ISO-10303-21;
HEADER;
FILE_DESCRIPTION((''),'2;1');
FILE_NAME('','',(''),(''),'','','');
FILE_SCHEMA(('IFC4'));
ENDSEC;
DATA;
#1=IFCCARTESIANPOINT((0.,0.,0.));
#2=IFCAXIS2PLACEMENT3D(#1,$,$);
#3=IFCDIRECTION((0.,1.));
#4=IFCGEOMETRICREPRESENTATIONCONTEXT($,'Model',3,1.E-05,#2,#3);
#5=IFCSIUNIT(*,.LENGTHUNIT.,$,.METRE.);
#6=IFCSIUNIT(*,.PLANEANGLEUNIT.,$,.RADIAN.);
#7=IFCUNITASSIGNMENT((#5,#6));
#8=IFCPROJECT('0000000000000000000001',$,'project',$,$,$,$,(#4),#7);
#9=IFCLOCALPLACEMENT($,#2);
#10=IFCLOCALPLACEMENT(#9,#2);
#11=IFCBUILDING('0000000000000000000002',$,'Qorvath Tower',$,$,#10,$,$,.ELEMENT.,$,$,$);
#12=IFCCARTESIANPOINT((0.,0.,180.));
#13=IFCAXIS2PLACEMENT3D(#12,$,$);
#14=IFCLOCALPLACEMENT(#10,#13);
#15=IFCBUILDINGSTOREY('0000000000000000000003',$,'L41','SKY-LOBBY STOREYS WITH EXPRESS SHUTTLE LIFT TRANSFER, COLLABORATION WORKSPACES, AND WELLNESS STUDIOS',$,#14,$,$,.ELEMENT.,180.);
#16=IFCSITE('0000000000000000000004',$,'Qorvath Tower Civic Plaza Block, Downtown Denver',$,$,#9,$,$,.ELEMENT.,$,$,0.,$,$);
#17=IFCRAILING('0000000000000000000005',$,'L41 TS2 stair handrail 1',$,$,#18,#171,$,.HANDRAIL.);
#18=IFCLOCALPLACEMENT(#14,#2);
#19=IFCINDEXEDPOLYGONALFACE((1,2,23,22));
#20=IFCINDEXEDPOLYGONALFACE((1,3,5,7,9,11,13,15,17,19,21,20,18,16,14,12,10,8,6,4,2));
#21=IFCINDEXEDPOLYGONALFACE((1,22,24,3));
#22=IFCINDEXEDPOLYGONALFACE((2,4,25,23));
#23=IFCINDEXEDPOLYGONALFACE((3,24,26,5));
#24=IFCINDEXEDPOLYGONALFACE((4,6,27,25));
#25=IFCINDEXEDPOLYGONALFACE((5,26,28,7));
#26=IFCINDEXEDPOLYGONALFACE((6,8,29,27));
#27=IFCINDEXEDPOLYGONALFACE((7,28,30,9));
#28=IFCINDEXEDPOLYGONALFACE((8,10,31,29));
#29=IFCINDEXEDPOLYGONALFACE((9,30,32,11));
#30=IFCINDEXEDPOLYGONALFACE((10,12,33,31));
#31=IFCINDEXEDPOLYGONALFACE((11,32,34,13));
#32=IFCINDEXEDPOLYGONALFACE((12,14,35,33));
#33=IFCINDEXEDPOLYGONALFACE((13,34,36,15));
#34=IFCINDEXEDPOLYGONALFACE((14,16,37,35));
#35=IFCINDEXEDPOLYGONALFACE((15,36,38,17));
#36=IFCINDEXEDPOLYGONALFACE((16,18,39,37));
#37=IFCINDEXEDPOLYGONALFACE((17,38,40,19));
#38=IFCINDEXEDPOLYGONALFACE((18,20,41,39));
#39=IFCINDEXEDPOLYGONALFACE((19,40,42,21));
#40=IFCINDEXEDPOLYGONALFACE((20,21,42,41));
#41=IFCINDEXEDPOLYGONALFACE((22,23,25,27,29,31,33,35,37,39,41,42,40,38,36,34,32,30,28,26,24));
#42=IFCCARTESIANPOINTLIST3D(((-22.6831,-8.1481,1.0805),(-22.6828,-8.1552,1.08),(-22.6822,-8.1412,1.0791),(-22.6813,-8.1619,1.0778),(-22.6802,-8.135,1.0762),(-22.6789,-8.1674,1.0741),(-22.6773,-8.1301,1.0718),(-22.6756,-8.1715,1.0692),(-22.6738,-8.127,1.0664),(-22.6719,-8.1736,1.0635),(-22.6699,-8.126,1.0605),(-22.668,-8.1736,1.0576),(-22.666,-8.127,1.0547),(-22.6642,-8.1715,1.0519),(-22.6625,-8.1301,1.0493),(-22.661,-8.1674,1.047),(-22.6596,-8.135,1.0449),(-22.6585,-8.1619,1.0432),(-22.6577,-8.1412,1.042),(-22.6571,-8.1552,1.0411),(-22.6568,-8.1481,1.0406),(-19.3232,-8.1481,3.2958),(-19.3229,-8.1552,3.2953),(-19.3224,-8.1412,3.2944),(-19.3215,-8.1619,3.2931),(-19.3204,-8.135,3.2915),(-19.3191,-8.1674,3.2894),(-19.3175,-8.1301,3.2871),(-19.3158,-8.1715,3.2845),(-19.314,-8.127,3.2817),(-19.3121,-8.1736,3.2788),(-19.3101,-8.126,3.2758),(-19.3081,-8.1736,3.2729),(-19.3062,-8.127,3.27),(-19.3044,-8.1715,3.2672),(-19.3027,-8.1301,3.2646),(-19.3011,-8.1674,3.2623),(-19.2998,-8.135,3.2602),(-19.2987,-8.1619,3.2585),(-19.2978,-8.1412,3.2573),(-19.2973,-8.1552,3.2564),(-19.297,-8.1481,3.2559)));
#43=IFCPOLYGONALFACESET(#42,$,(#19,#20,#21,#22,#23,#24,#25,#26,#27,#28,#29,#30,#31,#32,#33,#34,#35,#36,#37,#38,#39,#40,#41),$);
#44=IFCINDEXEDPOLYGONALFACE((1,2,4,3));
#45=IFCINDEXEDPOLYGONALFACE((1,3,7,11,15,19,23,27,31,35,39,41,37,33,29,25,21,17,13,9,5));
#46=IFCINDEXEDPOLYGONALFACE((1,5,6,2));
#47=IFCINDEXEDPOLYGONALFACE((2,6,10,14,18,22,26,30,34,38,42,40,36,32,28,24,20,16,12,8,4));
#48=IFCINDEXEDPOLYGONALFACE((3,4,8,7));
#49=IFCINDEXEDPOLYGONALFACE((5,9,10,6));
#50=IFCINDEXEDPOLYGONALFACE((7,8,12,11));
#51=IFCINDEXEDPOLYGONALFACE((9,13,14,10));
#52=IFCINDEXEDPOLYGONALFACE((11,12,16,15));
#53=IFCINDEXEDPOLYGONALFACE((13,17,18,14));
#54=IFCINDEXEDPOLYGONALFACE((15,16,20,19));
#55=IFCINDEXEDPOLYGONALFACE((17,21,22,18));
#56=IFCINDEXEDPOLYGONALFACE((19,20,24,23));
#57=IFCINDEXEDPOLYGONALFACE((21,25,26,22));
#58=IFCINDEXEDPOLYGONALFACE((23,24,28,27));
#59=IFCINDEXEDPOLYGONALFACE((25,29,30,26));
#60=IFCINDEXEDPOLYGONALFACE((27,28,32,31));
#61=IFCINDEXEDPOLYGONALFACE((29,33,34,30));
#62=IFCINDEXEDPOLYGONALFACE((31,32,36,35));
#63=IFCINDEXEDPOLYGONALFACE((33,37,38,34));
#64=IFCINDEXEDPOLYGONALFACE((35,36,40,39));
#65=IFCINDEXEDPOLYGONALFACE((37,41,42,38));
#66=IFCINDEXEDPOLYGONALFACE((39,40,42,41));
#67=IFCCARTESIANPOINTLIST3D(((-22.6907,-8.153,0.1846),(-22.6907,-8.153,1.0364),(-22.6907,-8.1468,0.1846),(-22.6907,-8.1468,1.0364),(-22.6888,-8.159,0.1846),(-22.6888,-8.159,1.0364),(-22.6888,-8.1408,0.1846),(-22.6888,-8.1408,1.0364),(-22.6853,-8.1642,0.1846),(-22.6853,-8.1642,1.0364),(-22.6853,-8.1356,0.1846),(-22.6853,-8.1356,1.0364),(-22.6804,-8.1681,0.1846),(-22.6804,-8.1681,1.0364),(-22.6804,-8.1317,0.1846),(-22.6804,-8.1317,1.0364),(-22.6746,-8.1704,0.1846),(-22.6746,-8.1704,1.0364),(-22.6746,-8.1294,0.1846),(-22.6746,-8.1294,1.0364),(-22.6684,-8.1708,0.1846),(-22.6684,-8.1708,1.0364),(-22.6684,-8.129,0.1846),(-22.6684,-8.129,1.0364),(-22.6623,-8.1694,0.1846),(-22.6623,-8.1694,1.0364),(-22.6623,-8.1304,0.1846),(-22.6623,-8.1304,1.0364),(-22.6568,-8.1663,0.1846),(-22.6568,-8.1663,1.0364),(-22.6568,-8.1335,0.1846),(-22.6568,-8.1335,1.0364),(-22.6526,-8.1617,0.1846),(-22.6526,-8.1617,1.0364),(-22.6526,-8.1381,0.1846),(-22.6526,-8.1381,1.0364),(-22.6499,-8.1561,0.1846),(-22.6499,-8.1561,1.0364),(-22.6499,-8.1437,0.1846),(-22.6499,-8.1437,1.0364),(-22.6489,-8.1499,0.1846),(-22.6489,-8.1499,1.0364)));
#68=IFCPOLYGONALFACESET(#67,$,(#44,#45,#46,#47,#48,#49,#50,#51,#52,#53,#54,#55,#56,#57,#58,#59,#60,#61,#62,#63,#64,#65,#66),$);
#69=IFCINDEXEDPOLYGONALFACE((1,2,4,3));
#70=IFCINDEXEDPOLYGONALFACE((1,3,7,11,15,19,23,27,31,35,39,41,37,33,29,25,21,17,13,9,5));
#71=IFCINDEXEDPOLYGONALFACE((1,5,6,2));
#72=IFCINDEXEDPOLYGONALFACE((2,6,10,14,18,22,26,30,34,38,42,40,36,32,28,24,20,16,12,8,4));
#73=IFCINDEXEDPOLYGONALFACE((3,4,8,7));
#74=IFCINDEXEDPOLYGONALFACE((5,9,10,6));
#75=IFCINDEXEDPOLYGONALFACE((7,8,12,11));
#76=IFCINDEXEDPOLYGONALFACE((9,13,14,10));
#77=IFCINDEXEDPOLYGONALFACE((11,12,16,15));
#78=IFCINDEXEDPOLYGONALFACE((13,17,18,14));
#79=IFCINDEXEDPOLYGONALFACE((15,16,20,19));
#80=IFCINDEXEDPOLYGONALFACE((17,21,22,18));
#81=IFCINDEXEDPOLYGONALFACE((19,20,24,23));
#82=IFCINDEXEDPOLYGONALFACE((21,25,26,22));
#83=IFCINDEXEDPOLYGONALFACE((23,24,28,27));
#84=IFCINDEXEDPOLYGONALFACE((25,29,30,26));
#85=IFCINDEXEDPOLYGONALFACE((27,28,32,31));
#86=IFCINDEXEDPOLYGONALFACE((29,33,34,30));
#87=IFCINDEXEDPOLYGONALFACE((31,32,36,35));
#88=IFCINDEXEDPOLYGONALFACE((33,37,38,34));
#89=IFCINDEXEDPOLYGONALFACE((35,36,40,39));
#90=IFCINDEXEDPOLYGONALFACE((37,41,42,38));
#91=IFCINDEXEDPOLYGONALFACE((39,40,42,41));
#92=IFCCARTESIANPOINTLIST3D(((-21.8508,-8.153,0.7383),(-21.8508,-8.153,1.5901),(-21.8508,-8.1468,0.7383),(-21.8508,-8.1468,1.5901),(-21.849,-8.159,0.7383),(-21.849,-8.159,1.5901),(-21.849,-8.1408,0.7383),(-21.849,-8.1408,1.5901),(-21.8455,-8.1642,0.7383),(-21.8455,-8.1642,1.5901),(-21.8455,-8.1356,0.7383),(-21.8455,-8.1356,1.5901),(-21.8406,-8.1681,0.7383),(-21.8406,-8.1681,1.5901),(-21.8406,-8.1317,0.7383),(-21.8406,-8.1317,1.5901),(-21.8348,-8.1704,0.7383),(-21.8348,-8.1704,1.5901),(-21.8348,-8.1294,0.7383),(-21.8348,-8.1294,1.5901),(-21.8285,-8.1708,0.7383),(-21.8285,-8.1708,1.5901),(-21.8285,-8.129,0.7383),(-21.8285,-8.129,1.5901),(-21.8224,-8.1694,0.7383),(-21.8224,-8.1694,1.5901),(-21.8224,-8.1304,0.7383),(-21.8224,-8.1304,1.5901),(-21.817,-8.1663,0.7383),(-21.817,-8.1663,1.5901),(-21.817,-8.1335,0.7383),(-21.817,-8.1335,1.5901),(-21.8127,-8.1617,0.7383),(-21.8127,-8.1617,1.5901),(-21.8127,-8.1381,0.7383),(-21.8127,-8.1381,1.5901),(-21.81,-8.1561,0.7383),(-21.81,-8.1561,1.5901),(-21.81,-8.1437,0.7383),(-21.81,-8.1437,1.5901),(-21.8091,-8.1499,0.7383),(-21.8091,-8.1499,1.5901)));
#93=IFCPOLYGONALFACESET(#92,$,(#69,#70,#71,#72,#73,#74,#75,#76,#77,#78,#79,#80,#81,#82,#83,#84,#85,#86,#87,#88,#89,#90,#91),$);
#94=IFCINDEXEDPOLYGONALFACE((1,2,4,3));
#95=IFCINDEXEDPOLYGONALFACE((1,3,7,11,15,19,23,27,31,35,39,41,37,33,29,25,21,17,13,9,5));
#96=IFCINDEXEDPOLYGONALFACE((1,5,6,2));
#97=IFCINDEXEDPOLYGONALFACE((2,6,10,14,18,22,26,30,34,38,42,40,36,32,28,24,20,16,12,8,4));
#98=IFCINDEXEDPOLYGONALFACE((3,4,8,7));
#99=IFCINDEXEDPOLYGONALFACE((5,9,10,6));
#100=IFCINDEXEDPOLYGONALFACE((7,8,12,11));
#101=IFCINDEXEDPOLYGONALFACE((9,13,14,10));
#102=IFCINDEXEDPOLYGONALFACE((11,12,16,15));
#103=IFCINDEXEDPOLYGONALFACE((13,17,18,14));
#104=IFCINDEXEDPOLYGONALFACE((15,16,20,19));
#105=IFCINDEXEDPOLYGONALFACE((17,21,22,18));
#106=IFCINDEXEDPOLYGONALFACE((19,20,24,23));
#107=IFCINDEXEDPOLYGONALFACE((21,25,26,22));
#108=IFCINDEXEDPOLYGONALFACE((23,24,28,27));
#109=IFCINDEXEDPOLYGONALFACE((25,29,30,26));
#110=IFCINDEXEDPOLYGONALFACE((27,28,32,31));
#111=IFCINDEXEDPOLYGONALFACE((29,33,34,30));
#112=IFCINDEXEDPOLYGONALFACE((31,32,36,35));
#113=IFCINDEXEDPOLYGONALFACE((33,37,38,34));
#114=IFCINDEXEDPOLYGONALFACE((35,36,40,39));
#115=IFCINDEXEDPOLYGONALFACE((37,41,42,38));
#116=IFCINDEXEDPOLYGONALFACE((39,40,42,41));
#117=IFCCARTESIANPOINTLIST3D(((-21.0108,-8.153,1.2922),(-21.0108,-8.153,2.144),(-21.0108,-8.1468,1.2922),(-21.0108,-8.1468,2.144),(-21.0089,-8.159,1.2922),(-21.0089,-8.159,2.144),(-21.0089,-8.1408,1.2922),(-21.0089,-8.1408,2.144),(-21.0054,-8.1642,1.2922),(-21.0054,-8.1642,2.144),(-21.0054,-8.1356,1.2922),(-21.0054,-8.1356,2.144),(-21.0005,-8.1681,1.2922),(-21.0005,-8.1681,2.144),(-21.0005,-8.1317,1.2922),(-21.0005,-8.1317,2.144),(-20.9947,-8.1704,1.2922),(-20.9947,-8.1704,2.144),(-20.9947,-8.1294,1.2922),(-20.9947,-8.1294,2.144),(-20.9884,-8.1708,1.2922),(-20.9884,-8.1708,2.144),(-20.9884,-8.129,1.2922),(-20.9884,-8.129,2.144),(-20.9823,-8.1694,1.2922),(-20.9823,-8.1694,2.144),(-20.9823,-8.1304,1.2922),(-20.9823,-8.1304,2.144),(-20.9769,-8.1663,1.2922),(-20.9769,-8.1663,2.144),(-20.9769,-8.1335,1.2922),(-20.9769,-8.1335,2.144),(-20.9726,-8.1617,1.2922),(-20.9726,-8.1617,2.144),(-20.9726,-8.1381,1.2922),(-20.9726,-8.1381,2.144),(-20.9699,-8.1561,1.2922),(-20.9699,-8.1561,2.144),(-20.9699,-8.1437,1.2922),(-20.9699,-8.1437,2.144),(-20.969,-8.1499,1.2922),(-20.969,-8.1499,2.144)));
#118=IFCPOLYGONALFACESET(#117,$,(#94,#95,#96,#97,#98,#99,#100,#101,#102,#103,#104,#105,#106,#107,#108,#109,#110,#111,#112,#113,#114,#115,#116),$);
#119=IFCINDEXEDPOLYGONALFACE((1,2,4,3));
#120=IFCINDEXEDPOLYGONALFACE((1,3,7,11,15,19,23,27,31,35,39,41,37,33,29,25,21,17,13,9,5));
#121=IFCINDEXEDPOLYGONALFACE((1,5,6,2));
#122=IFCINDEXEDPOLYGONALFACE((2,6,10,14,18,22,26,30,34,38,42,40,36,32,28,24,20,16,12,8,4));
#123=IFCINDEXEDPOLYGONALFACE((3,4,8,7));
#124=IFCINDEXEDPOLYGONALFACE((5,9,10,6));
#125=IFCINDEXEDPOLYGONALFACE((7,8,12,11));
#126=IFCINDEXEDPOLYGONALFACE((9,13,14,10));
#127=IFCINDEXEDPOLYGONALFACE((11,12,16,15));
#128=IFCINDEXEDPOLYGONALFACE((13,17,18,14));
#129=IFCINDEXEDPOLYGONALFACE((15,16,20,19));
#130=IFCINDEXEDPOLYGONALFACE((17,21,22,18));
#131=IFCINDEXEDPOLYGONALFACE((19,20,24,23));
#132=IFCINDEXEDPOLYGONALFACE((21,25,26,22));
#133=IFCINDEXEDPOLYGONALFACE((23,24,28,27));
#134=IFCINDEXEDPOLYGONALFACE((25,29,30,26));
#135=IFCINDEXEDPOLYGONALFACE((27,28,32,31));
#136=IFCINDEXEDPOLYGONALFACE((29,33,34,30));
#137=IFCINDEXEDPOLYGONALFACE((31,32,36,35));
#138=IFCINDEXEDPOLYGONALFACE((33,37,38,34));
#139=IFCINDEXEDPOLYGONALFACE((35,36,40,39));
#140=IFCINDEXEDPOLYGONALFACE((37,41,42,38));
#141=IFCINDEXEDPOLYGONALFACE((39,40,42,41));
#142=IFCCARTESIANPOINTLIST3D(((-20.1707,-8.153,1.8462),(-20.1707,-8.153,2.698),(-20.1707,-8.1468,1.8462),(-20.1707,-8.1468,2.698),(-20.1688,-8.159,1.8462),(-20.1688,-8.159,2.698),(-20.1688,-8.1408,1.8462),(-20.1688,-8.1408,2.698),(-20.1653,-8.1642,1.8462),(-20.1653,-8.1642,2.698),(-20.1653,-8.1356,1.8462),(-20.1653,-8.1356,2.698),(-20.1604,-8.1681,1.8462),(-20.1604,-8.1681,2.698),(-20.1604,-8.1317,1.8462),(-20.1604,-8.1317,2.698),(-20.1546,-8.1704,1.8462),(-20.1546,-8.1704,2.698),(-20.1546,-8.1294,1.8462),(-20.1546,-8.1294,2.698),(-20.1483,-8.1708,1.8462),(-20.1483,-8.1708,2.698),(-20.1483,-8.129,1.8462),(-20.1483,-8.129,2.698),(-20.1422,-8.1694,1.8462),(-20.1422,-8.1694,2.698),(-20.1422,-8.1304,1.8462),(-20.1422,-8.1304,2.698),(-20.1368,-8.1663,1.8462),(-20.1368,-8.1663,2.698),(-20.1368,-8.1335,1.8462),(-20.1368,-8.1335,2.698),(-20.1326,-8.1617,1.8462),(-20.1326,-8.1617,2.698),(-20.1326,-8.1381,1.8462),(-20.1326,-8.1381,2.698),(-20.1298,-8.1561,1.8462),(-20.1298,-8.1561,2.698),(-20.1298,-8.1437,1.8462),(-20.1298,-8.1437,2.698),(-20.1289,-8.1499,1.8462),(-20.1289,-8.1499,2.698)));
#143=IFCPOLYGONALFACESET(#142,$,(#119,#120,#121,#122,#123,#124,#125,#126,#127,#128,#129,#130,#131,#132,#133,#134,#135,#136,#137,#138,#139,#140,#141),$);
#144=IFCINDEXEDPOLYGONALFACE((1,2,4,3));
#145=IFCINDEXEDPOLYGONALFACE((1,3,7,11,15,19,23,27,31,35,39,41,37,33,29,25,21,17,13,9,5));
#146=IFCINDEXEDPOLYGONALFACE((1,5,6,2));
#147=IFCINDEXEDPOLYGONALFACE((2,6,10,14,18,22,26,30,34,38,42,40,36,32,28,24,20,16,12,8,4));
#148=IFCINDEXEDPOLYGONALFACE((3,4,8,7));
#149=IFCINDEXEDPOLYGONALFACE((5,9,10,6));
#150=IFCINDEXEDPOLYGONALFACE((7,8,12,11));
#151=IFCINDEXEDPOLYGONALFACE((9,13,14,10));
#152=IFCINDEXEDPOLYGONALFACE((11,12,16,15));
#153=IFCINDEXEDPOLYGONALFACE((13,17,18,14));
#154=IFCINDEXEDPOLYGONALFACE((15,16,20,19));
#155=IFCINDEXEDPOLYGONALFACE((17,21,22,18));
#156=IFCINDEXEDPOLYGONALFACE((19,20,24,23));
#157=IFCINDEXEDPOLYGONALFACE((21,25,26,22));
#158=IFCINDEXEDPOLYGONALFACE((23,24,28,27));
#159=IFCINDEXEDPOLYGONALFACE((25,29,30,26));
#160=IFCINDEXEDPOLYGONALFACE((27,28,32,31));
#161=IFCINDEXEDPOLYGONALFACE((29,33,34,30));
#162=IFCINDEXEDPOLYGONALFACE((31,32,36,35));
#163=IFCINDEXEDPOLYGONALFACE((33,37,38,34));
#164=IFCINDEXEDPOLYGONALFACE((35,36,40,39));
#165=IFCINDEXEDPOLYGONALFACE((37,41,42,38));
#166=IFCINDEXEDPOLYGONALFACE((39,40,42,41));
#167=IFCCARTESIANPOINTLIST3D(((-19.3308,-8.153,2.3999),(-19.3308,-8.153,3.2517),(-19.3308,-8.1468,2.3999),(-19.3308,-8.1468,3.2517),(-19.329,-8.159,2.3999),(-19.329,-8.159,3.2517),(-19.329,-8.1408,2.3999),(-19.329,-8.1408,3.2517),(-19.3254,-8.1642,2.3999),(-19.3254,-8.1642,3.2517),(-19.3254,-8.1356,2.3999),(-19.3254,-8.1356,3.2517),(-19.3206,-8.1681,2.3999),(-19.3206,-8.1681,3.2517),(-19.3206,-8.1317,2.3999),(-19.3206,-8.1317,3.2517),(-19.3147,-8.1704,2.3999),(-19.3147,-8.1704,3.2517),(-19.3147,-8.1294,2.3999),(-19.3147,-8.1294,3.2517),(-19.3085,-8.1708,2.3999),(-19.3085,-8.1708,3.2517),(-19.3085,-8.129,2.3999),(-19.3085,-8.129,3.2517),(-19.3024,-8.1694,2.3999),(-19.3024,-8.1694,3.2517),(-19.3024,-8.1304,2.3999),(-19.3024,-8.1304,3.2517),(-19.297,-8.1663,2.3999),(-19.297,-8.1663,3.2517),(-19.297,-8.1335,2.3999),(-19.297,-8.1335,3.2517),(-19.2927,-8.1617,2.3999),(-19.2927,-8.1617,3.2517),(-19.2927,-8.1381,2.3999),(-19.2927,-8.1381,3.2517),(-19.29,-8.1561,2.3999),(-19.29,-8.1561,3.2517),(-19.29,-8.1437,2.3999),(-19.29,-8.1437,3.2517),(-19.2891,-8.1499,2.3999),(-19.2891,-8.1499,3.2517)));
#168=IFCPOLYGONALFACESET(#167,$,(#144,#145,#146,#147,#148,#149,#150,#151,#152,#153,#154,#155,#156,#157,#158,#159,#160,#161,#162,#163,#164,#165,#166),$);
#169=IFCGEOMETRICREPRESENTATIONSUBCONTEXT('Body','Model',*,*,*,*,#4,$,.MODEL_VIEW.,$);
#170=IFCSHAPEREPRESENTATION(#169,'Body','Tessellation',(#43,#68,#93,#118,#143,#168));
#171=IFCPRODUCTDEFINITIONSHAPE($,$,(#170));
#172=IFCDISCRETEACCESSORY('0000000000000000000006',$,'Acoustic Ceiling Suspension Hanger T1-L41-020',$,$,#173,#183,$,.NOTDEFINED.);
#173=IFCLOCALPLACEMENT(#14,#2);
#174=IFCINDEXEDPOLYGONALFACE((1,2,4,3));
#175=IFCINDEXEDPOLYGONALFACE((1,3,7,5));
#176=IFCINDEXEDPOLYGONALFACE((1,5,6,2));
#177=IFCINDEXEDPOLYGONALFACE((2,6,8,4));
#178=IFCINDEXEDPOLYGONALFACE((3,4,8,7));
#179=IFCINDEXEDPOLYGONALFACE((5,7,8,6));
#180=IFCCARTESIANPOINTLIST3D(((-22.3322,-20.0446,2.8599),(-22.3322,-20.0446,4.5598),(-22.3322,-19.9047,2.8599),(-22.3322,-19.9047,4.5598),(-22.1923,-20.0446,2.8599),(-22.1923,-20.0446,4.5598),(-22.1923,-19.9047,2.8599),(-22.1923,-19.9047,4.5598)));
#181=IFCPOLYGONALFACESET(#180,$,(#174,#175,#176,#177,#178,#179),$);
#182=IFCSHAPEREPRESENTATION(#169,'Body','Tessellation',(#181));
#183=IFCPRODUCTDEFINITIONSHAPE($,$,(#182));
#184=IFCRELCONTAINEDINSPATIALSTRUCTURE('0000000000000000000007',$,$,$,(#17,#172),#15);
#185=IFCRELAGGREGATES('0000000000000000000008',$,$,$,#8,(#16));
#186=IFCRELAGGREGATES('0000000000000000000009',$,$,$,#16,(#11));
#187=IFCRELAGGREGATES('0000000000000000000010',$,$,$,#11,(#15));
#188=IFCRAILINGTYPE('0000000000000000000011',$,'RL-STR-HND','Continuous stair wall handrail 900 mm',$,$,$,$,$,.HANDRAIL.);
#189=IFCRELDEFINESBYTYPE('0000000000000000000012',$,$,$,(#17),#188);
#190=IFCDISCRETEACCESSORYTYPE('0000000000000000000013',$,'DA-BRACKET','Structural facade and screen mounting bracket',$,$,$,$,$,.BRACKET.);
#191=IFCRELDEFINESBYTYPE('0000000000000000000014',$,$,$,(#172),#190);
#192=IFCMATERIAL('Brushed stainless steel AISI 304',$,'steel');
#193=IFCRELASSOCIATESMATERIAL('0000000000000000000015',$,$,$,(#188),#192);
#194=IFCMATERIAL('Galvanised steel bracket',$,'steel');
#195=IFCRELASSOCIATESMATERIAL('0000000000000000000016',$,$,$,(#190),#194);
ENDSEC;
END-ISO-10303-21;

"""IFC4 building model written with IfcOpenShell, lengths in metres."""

from ifc_helpers import new_model, si_unit, direction, frame, origin, origin_2d, place, context, subcontext, project, spatial, rectangle, circle, extrude, material, type_object, element, save


model = new_model("IFC4")

# Units and contexts
model_context = context("Model", 3, precision=1e-05, world=origin(), true_north=direction((0.0, 1.0)))
body_context = subcontext(model_context, "Body", "Model", "MODEL_VIEW")
ifc_project = project(units=[si_unit("LENGTHUNIT", "METRE"), si_unit("PLANEANGLEUNIT", "RADIAN")], contexts=[model_context])

# Site, building, storey
site_placement = place(None, origin())
site = spatial("IfcSite", under=ifc_project, at=site_placement, Name="Qorvath Tower Civic Plaza Block, Downtown Denver", CompositionType="ELEMENT", RefElevation=0.0)
building_placement = place(site_placement, origin())
building = spatial("IfcBuilding", under=site, at=building_placement, Name="Qorvath Tower", CompositionType="ELEMENT")
storey_placement = place(building_placement, frame((0.0, 0.0, 180.0)))
storey = spatial("IfcBuildingStorey", under=building, at=storey_placement, Name="L41", Description="SKY-LOBBY STOREYS WITH EXPRESS SHUTTLE LIFT TRANSFER, COLLABORATION WORKSPACES, AND WELLNESS STUDIOS", CompositionType="ELEMENT", Elevation=180.0)

# Railing
ifc_material_1 = material(Name="Brushed stainless steel AISI 304", Category="steel")
railing_type = type_object("IfcRailingType", Name="RL-STR-HND", Description="Continuous stair wall handrail 900 mm", PredefinedType="HANDRAIL", material=ifc_material_1)
railing_placement = place(storey_placement, frame((-22.6699, -8.1499, 0.1846)))
element("IfcRailing", 1, at=railing_placement, inside=storey, type_object=railing_type, Name="L41 TS2 stair handrail 1", PredefinedType="HANDRAIL", context=body_context, shape_type="SweptSolid", body=[
    extrude(circle(Radius=0.0239, at=origin_2d()), frame((0.0, 0.0, 0.876), z_axis=(0.834858, 0.0, 0.550465), x_axis=(0.0, 1.0, 0.0)), (0.0, 0.0, 1.0), 4.0244),
    extrude(circle(Radius=0.021, at=origin_2d()), origin(), (0.0, 0.0, 1.0), 0.8518),
    extrude(circle(Radius=0.021, at=origin_2d()), frame((0.8398, 0.0, 0.5537)), (0.0, 0.0, 1.0), 0.8518),
    extrude(circle(Radius=0.021, at=origin_2d()), frame((1.6799, 0.0, 1.1077)), (0.0, 0.0, 1.0), 0.8518),
    extrude(circle(Radius=0.021, at=origin_2d()), frame((2.52, 0.0, 1.6616)), (0.0, 0.0, 1.0), 0.8518),
    extrude(circle(Radius=0.021, at=origin_2d()), frame((3.3599, 0.0, 2.2153)), (0.0, 0.0, 1.0), 0.8518),
])

# Discrete accessory
ifc_material_2 = material(Name="Galvanised steel bracket", Category="steel")
discrete_accessory_type = type_object("IfcDiscreteAccessoryType", Name="DA-BRACKET", Description="Structural facade and screen mounting bracket", PredefinedType="BRACKET", material=ifc_material_2)
discrete_accessory_placement = place(storey_placement, frame((-22.2622, -19.9746, 2.8599), z_axis=(0.0, 0.0, 1.0), x_axis=(1.0, 0.0, 0.0)))
element("IfcDiscreteAccessory", 2, at=discrete_accessory_placement, inside=storey, type_object=discrete_accessory_type, Name="Acoustic Ceiling Suspension Hanger T1-L41-020", PredefinedType="NOTDEFINED", context=body_context, shape_type="SweptSolid", body=[
    extrude(rectangle(XDim=0.1399, YDim=0.1399, at=origin_2d()), origin(), (0.0, 0.0, 1.0), 1.7),
])

save(model, "model.ifc")
